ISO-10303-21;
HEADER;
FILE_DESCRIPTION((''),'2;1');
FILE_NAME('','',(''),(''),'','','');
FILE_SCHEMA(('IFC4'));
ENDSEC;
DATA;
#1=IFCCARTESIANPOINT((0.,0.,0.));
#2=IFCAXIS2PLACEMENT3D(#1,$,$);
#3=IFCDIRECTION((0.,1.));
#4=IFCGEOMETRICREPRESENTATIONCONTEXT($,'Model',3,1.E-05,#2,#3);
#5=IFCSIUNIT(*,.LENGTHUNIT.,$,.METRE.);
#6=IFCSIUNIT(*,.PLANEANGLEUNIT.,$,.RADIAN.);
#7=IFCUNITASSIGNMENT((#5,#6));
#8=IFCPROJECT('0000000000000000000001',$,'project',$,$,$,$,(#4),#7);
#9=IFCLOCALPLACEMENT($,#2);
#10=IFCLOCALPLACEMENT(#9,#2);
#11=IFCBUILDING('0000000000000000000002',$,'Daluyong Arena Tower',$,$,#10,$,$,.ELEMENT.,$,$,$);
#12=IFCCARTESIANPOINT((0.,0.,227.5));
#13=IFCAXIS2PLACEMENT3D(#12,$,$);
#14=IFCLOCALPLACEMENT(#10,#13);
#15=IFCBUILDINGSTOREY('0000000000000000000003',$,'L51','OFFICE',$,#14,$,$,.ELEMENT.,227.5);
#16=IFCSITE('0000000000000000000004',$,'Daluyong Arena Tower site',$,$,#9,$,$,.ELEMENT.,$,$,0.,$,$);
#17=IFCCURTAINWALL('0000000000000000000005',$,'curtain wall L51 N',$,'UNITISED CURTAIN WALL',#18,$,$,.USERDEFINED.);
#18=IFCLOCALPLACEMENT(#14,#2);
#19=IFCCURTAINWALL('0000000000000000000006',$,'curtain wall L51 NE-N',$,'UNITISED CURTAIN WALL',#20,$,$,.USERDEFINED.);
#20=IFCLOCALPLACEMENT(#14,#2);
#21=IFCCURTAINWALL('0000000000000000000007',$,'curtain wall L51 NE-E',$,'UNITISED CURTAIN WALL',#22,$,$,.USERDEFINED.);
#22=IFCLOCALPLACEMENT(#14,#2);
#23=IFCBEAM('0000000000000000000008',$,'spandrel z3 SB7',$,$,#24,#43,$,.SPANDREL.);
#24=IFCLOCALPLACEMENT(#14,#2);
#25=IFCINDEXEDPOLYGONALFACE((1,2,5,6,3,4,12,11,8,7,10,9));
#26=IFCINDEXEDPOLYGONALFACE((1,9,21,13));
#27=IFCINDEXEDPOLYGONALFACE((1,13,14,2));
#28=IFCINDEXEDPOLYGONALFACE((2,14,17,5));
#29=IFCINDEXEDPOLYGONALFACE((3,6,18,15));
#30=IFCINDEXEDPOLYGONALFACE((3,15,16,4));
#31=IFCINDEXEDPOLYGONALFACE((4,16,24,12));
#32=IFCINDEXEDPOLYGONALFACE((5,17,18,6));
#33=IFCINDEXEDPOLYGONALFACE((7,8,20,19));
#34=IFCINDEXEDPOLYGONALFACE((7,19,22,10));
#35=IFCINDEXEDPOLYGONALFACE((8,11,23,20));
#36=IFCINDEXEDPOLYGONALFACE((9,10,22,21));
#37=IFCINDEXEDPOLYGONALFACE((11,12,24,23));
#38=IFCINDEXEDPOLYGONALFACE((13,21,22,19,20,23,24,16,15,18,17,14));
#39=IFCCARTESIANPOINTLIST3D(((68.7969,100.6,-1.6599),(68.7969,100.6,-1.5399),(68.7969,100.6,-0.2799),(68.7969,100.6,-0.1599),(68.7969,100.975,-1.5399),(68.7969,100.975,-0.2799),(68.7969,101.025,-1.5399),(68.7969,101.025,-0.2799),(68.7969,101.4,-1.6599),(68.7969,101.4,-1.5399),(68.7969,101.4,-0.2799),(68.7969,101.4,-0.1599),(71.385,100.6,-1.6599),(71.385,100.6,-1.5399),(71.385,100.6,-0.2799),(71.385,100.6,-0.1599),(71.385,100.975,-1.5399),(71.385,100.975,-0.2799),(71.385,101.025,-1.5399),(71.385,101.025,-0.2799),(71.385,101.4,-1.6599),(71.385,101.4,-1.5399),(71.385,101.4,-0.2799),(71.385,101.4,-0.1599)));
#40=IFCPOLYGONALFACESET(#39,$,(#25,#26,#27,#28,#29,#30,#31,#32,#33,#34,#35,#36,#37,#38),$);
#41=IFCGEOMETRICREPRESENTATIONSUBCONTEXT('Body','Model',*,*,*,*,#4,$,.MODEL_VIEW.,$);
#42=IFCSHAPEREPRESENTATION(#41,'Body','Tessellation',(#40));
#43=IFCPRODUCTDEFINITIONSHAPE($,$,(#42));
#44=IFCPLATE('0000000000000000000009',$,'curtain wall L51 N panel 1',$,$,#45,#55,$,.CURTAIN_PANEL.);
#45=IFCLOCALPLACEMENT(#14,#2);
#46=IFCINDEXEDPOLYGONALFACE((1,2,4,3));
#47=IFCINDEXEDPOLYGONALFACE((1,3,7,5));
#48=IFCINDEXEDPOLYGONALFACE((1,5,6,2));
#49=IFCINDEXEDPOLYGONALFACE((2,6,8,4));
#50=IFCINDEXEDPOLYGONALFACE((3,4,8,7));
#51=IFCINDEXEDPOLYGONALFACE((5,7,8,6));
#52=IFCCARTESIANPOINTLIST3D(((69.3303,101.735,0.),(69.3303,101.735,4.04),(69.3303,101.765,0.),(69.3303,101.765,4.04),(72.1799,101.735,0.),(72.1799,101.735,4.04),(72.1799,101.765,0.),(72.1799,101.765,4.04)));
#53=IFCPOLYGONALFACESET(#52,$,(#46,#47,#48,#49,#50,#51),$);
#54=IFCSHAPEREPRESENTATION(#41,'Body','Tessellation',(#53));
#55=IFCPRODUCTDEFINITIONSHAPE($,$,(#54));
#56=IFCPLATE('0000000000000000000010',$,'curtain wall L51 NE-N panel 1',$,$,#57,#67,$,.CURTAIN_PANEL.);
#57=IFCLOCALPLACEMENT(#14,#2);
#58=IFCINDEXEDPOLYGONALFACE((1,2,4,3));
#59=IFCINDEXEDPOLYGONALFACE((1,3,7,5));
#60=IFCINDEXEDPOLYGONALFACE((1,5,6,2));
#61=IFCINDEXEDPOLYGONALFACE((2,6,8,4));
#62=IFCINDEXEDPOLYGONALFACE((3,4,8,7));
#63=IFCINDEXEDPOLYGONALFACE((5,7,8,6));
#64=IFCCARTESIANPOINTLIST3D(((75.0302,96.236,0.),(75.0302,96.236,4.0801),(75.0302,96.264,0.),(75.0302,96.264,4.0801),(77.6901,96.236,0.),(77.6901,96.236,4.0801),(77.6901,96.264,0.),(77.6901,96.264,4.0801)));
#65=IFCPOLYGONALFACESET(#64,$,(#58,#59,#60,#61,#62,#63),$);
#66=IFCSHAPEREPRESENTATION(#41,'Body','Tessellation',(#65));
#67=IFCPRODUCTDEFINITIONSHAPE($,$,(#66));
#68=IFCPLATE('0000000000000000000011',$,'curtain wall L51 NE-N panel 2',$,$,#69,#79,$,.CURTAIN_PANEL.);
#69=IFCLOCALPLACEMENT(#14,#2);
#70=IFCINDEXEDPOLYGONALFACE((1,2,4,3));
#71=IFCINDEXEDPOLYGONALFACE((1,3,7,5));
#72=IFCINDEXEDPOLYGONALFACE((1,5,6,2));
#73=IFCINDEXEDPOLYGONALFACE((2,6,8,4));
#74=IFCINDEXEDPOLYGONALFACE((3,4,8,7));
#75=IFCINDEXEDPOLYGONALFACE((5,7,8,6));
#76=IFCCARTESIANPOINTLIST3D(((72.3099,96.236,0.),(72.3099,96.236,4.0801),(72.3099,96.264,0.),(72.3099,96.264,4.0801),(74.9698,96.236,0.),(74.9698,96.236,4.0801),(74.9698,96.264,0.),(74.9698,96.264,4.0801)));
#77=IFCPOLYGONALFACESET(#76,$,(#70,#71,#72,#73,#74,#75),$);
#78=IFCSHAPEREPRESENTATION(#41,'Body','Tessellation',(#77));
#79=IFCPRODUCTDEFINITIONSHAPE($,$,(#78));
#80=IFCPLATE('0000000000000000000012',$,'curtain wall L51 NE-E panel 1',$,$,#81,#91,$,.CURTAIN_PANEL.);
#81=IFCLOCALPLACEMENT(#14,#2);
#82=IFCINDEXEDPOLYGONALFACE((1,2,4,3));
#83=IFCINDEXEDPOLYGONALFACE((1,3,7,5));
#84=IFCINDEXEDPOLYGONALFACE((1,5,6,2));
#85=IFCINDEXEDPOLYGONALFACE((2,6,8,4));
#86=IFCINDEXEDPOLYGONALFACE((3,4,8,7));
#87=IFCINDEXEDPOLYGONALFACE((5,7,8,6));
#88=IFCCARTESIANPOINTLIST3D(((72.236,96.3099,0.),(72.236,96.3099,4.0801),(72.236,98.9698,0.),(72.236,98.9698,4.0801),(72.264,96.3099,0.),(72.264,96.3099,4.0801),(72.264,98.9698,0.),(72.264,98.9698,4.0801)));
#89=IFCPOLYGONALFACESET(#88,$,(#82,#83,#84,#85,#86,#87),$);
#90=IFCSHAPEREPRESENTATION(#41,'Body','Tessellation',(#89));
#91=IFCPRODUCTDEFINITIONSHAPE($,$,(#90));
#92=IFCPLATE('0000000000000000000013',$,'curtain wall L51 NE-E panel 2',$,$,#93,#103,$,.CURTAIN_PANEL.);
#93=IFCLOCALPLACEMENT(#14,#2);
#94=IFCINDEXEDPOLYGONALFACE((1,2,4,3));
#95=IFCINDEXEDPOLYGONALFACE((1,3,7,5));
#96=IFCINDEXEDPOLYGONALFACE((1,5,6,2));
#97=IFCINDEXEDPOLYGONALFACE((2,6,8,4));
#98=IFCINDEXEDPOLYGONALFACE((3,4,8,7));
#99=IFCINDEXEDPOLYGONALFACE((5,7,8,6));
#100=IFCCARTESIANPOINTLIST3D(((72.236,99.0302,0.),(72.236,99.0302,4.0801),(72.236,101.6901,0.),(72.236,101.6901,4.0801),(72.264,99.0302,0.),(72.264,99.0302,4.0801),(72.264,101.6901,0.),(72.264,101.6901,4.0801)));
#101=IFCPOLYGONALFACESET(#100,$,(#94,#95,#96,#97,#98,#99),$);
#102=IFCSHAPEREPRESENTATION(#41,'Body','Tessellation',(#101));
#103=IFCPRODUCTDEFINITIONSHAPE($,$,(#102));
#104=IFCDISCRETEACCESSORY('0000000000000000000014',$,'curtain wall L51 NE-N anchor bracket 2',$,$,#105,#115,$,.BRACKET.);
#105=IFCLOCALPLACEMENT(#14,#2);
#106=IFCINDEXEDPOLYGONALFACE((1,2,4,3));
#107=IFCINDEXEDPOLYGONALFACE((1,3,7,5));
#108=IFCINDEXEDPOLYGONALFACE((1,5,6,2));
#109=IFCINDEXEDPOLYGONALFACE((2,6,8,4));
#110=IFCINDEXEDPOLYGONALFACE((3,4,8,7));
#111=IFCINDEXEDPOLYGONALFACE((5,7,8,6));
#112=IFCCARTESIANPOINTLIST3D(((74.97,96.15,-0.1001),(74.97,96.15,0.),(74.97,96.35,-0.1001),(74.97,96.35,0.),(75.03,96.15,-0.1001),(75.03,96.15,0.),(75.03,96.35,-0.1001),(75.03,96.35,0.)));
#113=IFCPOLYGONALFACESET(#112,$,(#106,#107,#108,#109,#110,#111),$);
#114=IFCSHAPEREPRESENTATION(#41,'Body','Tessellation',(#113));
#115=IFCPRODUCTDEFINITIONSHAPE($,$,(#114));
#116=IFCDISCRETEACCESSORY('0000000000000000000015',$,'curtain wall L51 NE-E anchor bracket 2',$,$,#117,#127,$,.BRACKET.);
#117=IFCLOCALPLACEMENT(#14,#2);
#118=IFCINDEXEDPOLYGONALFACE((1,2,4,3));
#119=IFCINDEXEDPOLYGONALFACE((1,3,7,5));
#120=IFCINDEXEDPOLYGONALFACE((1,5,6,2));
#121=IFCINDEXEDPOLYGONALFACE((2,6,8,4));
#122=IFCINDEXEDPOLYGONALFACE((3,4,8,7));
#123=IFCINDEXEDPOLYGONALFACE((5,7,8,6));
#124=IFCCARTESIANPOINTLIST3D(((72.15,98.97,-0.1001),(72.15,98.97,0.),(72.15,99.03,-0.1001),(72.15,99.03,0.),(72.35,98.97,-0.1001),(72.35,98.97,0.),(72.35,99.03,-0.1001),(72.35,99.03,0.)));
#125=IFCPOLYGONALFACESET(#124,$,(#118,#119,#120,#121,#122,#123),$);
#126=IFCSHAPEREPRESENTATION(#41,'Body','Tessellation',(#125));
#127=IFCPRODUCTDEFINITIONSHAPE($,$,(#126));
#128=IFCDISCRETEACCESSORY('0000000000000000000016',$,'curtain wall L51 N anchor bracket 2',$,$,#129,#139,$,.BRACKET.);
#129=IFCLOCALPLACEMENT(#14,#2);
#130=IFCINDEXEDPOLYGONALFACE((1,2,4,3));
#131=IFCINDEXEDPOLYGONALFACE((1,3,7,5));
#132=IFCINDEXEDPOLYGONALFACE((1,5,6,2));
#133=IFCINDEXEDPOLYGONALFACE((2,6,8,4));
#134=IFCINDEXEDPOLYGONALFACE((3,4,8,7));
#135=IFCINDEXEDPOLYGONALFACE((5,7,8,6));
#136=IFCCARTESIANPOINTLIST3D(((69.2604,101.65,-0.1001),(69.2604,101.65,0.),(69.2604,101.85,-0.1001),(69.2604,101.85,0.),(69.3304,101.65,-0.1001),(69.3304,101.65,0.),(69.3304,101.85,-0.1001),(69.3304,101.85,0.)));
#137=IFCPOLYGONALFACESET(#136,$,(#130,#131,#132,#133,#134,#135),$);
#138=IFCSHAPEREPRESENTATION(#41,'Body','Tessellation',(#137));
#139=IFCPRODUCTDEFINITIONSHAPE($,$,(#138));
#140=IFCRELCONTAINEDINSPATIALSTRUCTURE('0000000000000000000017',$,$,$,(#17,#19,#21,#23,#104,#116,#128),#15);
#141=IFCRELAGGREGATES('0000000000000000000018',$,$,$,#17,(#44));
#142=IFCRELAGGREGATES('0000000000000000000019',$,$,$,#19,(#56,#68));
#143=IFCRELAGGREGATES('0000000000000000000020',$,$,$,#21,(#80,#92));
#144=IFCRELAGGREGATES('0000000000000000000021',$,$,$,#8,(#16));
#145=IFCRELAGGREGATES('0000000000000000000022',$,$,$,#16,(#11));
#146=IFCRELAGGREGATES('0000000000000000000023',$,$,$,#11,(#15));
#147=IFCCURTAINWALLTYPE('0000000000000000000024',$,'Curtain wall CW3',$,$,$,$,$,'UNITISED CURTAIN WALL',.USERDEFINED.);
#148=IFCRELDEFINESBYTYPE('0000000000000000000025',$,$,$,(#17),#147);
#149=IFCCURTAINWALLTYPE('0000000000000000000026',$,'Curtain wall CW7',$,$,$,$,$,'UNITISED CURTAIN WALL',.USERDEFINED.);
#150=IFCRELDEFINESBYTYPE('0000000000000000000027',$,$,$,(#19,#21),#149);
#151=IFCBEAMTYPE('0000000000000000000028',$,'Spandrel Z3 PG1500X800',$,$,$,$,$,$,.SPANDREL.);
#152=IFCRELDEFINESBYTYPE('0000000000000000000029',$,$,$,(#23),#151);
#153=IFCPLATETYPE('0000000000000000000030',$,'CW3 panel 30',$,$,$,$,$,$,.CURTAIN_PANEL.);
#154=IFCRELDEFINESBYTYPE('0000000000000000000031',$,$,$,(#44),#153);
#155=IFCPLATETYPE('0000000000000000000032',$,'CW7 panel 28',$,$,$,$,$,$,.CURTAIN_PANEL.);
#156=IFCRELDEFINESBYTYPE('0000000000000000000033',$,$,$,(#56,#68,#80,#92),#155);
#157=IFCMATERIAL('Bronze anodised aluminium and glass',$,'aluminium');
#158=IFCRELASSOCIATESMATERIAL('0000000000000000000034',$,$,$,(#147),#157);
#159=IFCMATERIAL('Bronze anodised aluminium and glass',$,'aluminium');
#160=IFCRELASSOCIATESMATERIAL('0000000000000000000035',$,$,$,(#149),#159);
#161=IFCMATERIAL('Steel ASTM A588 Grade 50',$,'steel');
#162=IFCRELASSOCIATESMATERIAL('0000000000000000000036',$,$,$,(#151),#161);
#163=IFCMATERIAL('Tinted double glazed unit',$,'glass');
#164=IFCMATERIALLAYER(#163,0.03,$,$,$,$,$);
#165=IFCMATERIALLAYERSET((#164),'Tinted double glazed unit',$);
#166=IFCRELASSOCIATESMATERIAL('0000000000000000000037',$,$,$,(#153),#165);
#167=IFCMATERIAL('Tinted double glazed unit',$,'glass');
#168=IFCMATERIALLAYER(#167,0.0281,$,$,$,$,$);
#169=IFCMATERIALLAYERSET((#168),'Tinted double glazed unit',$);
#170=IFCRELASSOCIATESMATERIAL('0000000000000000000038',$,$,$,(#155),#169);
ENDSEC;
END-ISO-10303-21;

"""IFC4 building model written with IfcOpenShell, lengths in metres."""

from ifc_helpers import new_model, si_unit, direction, frame, origin, origin_2d, place, context, subcontext, project, spatial, rectangle, i_section, extrude, material, layer, layer_set, material_profile, profile_set, type_object, element, aggregate, save


model = new_model("IFC4")

# Units and contexts
model_context = context("Model", 3, precision=1e-05, world=origin(), true_north=direction((0.0, 1.0)))
body_context = subcontext(model_context, "Body", "Model", "MODEL_VIEW")
ifc_project = project(units=[si_unit("LENGTHUNIT", "METRE"), si_unit("PLANEANGLEUNIT", "RADIAN")], contexts=[model_context])

# Site, building, storey
site_placement = place(None, origin())
site = spatial("IfcSite", under=ifc_project, at=site_placement, Name="Daluyong Arena Tower site", CompositionType="ELEMENT", RefElevation=0.0)
building_placement = place(site_placement, origin())
building = spatial("IfcBuilding", under=site, at=building_placement, Name="Daluyong Arena Tower", CompositionType="ELEMENT")
storey_placement = place(building_placement, frame((0.0, 0.0, 227.5)))
storey = spatial("IfcBuildingStorey", under=building, at=storey_placement, Name="L51", Description="OFFICE", CompositionType="ELEMENT", Elevation=227.5)

# Shared definitions
ifc_material_1 = material(Name="Bronze anodised aluminium and glass", Category="aluminium")
curtain_wall_type_1 = type_object("IfcCurtainWallType", Name="Curtain wall CW3", ElementType="UNITISED CURTAIN WALL", PredefinedType="USERDEFINED", material=ifc_material_1)

# Curtain walls
curtain_wall_1_placement = place(storey_placement, origin())
curtain_wall_1 = element("IfcCurtainWall", 1, at=curtain_wall_1_placement, inside=storey, type_object=curtain_wall_type_1, Name="curtain wall L51 N", ObjectType="UNITISED CURTAIN WALL", PredefinedType="USERDEFINED")
ifc_material_2 = material(Name="Bronze anodised aluminium and glass", Category="aluminium")
curtain_wall_type_2 = type_object("IfcCurtainWallType", Name="Curtain wall CW7", ElementType="UNITISED CURTAIN WALL", PredefinedType="USERDEFINED", material=ifc_material_2)
curtain_wall_2_placement = place(storey_placement, origin())
curtain_wall_2 = element("IfcCurtainWall", 2, at=curtain_wall_2_placement, inside=storey, type_object=curtain_wall_type_2, Name="curtain wall L51 NE-N", ObjectType="UNITISED CURTAIN WALL", PredefinedType="USERDEFINED")
curtain_wall_3_placement = place(storey_placement, origin())
curtain_wall_3 = element("IfcCurtainWall", 3, at=curtain_wall_3_placement, inside=storey, type_object=curtain_wall_type_2, Name="curtain wall L51 NE-E", ObjectType="UNITISED CURTAIN WALL", PredefinedType="USERDEFINED")

# Beam
ifc_material_3 = material(Name="Steel ASTM A588 Grade 50", Category="steel")
ifc_material_profile_1 = material_profile(ifc_material_3, i_section(OverallWidth=0.8, OverallDepth=1.5, WebThickness=0.05, FlangeThickness=0.12, at=origin_2d()))
ifc_profile_set_1 = profile_set([ifc_material_profile_1], Name="Steel ASTM A588 Grade 50")
beam_type = type_object("IfcBeamType", Name="Spandrel Z3 PG1500X800", PredefinedType="SPANDREL", material=ifc_profile_set_1)
beam_placement = place(storey_placement, frame((71.385, 101.0, -0.9099), z_axis=(-1.0, 0.0, 0.0), x_axis=(0.0, -1.0, 0.0)))
element("IfcBeam", 4, at=beam_placement, inside=storey, type_object=beam_type, Name="spandrel z3 SB7", PredefinedType="SPANDREL", context=body_context, shape_type="SweptSolid", body=[
    extrude(i_section(OverallWidth=0.8, OverallDepth=1.5, WebThickness=0.05, FlangeThickness=0.12, at=origin_2d()), origin(), (0.0, 0.0, 1.0), 2.5881),
])

# Plates
ifc_material_4 = material(Name="Tinted double glazed unit", Category="glass")
ifc_layer_1 = layer(ifc_material_4, 0.03)
ifc_layer_set_1 = layer_set([ifc_layer_1], Name="Tinted double glazed unit")
plate_type_1 = type_object("IfcPlateType", Name="CW3 panel 30", PredefinedType="CURTAIN_PANEL", material=ifc_layer_set_1)
plate_1_placement = place(storey_placement, frame((70.7551, 101.75, 0.0), z_axis=(0.0, 0.0, 1.0), x_axis=(-1.0, 0.0, 0.0)))
plate_1 = element("IfcPlate", 5, at=plate_1_placement, type_object=plate_type_1, Name="curtain wall L51 N panel 1", PredefinedType="CURTAIN_PANEL", context=body_context, shape_type="SweptSolid", body=[
    extrude(rectangle(XDim=2.8496, YDim=0.03, at=origin_2d()), origin(), (0.0, 0.0, 1.0), 4.04),
])
aggregate(curtain_wall_1, [plate_1])
ifc_material_5 = material(Name="Tinted double glazed unit", Category="glass")
ifc_layer_2 = layer(ifc_material_5, 0.0281)
ifc_layer_set_2 = layer_set([ifc_layer_2], Name="Tinted double glazed unit")
plate_type_2 = type_object("IfcPlateType", Name="CW7 panel 28", PredefinedType="CURTAIN_PANEL", material=ifc_layer_set_2)
plate_2_placement = place(storey_placement, frame((76.3601, 96.25, 0.0), z_axis=(0.0, 0.0, 1.0), x_axis=(-1.0, 0.0, 0.0)))
plate_2 = element("IfcPlate", 6, at=plate_2_placement, type_object=plate_type_2, Name="curtain wall L51 NE-N panel 1", PredefinedType="CURTAIN_PANEL", context=body_context, shape_type="SweptSolid", body=[
    extrude(rectangle(XDim=2.6599, YDim=0.0281, at=origin_2d()), origin(), (0.0, 0.0, 1.0), 4.0801),
])
plate_3_placement = place(storey_placement, frame((73.6399, 96.25, 0.0), z_axis=(0.0, 0.0, 1.0), x_axis=(-1.0, 0.0, 0.0)))
plate_3 = element("IfcPlate", 7, at=plate_3_placement, type_object=plate_type_2, Name="curtain wall L51 NE-N panel 2", PredefinedType="CURTAIN_PANEL", context=body_context, shape_type="SweptSolid", body=[
    extrude(rectangle(XDim=2.6599, YDim=0.0281, at=origin_2d()), origin(), (0.0, 0.0, 1.0), 4.0801),
])
aggregate(curtain_wall_2, [plate_2, plate_3])
plate_4_placement = place(storey_placement, frame((72.25, 97.6399, 0.0), z_axis=(0.0, 0.0, 1.0), x_axis=(0.0, 1.0, 0.0)))
plate_4 = element("IfcPlate", 8, at=plate_4_placement, type_object=plate_type_2, Name="curtain wall L51 NE-E panel 1", PredefinedType="CURTAIN_PANEL", context=body_context, shape_type="SweptSolid", body=[
    extrude(rectangle(XDim=2.6599, YDim=0.0281, at=origin_2d()), origin(), (0.0, 0.0, 1.0), 4.0801),
])
plate_5_placement = place(storey_placement, frame((72.25, 100.3601, 0.0), z_axis=(0.0, 0.0, 1.0), x_axis=(0.0, 1.0, 0.0)))
plate_5 = element("IfcPlate", 9, at=plate_5_placement, type_object=plate_type_2, Name="curtain wall L51 NE-E panel 2", PredefinedType="CURTAIN_PANEL", context=body_context, shape_type="SweptSolid", body=[
    extrude(rectangle(XDim=2.6599, YDim=0.0281, at=origin_2d()), origin(), (0.0, 0.0, 1.0), 4.0801),
])
aggregate(curtain_wall_3, [plate_4, plate_5])

# Discrete accessories
for number, where, z_axis, x_axis, name in (
    (10, (75.0, 96.25, -0.1001), (0.0, 0.0, 1.0), (-1.0, 0.0, 0.0), "curtain wall L51 NE-N anchor bracket 2"),
    (11, (72.25, 99.0, -0.1001), (0.0, 0.0, 1.0), (0.0, 1.0, 0.0), "curtain wall L51 NE-E anchor bracket 2"),
):
    element("IfcDiscreteAccessory", number, at=place(storey_placement, frame(where, z_axis=z_axis, x_axis=x_axis)), inside=storey, Name=name, PredefinedType="BRACKET", context=body_context, shape_type="SweptSolid", body=[
        extrude(rectangle(XDim=0.0601, YDim=0.2, at=origin_2d()), origin(), (0.0, 0.0, 1.0), 0.1001),
    ])
discrete_accessory_placement = place(storey_placement, frame((69.2954, 101.75, -0.1001), z_axis=(0.0, 0.0, 1.0), x_axis=(-1.0, 0.0, 0.0)))
element("IfcDiscreteAccessory", 12, at=discrete_accessory_placement, inside=storey, Name="curtain wall L51 N anchor bracket 2", PredefinedType="BRACKET", context=body_context, shape_type="SweptSolid", body=[
    extrude(rectangle(XDim=0.0701, YDim=0.2, at=origin_2d()), origin(), (0.0, 0.0, 1.0), 0.1001),
])

save(model, "model.ifc")
